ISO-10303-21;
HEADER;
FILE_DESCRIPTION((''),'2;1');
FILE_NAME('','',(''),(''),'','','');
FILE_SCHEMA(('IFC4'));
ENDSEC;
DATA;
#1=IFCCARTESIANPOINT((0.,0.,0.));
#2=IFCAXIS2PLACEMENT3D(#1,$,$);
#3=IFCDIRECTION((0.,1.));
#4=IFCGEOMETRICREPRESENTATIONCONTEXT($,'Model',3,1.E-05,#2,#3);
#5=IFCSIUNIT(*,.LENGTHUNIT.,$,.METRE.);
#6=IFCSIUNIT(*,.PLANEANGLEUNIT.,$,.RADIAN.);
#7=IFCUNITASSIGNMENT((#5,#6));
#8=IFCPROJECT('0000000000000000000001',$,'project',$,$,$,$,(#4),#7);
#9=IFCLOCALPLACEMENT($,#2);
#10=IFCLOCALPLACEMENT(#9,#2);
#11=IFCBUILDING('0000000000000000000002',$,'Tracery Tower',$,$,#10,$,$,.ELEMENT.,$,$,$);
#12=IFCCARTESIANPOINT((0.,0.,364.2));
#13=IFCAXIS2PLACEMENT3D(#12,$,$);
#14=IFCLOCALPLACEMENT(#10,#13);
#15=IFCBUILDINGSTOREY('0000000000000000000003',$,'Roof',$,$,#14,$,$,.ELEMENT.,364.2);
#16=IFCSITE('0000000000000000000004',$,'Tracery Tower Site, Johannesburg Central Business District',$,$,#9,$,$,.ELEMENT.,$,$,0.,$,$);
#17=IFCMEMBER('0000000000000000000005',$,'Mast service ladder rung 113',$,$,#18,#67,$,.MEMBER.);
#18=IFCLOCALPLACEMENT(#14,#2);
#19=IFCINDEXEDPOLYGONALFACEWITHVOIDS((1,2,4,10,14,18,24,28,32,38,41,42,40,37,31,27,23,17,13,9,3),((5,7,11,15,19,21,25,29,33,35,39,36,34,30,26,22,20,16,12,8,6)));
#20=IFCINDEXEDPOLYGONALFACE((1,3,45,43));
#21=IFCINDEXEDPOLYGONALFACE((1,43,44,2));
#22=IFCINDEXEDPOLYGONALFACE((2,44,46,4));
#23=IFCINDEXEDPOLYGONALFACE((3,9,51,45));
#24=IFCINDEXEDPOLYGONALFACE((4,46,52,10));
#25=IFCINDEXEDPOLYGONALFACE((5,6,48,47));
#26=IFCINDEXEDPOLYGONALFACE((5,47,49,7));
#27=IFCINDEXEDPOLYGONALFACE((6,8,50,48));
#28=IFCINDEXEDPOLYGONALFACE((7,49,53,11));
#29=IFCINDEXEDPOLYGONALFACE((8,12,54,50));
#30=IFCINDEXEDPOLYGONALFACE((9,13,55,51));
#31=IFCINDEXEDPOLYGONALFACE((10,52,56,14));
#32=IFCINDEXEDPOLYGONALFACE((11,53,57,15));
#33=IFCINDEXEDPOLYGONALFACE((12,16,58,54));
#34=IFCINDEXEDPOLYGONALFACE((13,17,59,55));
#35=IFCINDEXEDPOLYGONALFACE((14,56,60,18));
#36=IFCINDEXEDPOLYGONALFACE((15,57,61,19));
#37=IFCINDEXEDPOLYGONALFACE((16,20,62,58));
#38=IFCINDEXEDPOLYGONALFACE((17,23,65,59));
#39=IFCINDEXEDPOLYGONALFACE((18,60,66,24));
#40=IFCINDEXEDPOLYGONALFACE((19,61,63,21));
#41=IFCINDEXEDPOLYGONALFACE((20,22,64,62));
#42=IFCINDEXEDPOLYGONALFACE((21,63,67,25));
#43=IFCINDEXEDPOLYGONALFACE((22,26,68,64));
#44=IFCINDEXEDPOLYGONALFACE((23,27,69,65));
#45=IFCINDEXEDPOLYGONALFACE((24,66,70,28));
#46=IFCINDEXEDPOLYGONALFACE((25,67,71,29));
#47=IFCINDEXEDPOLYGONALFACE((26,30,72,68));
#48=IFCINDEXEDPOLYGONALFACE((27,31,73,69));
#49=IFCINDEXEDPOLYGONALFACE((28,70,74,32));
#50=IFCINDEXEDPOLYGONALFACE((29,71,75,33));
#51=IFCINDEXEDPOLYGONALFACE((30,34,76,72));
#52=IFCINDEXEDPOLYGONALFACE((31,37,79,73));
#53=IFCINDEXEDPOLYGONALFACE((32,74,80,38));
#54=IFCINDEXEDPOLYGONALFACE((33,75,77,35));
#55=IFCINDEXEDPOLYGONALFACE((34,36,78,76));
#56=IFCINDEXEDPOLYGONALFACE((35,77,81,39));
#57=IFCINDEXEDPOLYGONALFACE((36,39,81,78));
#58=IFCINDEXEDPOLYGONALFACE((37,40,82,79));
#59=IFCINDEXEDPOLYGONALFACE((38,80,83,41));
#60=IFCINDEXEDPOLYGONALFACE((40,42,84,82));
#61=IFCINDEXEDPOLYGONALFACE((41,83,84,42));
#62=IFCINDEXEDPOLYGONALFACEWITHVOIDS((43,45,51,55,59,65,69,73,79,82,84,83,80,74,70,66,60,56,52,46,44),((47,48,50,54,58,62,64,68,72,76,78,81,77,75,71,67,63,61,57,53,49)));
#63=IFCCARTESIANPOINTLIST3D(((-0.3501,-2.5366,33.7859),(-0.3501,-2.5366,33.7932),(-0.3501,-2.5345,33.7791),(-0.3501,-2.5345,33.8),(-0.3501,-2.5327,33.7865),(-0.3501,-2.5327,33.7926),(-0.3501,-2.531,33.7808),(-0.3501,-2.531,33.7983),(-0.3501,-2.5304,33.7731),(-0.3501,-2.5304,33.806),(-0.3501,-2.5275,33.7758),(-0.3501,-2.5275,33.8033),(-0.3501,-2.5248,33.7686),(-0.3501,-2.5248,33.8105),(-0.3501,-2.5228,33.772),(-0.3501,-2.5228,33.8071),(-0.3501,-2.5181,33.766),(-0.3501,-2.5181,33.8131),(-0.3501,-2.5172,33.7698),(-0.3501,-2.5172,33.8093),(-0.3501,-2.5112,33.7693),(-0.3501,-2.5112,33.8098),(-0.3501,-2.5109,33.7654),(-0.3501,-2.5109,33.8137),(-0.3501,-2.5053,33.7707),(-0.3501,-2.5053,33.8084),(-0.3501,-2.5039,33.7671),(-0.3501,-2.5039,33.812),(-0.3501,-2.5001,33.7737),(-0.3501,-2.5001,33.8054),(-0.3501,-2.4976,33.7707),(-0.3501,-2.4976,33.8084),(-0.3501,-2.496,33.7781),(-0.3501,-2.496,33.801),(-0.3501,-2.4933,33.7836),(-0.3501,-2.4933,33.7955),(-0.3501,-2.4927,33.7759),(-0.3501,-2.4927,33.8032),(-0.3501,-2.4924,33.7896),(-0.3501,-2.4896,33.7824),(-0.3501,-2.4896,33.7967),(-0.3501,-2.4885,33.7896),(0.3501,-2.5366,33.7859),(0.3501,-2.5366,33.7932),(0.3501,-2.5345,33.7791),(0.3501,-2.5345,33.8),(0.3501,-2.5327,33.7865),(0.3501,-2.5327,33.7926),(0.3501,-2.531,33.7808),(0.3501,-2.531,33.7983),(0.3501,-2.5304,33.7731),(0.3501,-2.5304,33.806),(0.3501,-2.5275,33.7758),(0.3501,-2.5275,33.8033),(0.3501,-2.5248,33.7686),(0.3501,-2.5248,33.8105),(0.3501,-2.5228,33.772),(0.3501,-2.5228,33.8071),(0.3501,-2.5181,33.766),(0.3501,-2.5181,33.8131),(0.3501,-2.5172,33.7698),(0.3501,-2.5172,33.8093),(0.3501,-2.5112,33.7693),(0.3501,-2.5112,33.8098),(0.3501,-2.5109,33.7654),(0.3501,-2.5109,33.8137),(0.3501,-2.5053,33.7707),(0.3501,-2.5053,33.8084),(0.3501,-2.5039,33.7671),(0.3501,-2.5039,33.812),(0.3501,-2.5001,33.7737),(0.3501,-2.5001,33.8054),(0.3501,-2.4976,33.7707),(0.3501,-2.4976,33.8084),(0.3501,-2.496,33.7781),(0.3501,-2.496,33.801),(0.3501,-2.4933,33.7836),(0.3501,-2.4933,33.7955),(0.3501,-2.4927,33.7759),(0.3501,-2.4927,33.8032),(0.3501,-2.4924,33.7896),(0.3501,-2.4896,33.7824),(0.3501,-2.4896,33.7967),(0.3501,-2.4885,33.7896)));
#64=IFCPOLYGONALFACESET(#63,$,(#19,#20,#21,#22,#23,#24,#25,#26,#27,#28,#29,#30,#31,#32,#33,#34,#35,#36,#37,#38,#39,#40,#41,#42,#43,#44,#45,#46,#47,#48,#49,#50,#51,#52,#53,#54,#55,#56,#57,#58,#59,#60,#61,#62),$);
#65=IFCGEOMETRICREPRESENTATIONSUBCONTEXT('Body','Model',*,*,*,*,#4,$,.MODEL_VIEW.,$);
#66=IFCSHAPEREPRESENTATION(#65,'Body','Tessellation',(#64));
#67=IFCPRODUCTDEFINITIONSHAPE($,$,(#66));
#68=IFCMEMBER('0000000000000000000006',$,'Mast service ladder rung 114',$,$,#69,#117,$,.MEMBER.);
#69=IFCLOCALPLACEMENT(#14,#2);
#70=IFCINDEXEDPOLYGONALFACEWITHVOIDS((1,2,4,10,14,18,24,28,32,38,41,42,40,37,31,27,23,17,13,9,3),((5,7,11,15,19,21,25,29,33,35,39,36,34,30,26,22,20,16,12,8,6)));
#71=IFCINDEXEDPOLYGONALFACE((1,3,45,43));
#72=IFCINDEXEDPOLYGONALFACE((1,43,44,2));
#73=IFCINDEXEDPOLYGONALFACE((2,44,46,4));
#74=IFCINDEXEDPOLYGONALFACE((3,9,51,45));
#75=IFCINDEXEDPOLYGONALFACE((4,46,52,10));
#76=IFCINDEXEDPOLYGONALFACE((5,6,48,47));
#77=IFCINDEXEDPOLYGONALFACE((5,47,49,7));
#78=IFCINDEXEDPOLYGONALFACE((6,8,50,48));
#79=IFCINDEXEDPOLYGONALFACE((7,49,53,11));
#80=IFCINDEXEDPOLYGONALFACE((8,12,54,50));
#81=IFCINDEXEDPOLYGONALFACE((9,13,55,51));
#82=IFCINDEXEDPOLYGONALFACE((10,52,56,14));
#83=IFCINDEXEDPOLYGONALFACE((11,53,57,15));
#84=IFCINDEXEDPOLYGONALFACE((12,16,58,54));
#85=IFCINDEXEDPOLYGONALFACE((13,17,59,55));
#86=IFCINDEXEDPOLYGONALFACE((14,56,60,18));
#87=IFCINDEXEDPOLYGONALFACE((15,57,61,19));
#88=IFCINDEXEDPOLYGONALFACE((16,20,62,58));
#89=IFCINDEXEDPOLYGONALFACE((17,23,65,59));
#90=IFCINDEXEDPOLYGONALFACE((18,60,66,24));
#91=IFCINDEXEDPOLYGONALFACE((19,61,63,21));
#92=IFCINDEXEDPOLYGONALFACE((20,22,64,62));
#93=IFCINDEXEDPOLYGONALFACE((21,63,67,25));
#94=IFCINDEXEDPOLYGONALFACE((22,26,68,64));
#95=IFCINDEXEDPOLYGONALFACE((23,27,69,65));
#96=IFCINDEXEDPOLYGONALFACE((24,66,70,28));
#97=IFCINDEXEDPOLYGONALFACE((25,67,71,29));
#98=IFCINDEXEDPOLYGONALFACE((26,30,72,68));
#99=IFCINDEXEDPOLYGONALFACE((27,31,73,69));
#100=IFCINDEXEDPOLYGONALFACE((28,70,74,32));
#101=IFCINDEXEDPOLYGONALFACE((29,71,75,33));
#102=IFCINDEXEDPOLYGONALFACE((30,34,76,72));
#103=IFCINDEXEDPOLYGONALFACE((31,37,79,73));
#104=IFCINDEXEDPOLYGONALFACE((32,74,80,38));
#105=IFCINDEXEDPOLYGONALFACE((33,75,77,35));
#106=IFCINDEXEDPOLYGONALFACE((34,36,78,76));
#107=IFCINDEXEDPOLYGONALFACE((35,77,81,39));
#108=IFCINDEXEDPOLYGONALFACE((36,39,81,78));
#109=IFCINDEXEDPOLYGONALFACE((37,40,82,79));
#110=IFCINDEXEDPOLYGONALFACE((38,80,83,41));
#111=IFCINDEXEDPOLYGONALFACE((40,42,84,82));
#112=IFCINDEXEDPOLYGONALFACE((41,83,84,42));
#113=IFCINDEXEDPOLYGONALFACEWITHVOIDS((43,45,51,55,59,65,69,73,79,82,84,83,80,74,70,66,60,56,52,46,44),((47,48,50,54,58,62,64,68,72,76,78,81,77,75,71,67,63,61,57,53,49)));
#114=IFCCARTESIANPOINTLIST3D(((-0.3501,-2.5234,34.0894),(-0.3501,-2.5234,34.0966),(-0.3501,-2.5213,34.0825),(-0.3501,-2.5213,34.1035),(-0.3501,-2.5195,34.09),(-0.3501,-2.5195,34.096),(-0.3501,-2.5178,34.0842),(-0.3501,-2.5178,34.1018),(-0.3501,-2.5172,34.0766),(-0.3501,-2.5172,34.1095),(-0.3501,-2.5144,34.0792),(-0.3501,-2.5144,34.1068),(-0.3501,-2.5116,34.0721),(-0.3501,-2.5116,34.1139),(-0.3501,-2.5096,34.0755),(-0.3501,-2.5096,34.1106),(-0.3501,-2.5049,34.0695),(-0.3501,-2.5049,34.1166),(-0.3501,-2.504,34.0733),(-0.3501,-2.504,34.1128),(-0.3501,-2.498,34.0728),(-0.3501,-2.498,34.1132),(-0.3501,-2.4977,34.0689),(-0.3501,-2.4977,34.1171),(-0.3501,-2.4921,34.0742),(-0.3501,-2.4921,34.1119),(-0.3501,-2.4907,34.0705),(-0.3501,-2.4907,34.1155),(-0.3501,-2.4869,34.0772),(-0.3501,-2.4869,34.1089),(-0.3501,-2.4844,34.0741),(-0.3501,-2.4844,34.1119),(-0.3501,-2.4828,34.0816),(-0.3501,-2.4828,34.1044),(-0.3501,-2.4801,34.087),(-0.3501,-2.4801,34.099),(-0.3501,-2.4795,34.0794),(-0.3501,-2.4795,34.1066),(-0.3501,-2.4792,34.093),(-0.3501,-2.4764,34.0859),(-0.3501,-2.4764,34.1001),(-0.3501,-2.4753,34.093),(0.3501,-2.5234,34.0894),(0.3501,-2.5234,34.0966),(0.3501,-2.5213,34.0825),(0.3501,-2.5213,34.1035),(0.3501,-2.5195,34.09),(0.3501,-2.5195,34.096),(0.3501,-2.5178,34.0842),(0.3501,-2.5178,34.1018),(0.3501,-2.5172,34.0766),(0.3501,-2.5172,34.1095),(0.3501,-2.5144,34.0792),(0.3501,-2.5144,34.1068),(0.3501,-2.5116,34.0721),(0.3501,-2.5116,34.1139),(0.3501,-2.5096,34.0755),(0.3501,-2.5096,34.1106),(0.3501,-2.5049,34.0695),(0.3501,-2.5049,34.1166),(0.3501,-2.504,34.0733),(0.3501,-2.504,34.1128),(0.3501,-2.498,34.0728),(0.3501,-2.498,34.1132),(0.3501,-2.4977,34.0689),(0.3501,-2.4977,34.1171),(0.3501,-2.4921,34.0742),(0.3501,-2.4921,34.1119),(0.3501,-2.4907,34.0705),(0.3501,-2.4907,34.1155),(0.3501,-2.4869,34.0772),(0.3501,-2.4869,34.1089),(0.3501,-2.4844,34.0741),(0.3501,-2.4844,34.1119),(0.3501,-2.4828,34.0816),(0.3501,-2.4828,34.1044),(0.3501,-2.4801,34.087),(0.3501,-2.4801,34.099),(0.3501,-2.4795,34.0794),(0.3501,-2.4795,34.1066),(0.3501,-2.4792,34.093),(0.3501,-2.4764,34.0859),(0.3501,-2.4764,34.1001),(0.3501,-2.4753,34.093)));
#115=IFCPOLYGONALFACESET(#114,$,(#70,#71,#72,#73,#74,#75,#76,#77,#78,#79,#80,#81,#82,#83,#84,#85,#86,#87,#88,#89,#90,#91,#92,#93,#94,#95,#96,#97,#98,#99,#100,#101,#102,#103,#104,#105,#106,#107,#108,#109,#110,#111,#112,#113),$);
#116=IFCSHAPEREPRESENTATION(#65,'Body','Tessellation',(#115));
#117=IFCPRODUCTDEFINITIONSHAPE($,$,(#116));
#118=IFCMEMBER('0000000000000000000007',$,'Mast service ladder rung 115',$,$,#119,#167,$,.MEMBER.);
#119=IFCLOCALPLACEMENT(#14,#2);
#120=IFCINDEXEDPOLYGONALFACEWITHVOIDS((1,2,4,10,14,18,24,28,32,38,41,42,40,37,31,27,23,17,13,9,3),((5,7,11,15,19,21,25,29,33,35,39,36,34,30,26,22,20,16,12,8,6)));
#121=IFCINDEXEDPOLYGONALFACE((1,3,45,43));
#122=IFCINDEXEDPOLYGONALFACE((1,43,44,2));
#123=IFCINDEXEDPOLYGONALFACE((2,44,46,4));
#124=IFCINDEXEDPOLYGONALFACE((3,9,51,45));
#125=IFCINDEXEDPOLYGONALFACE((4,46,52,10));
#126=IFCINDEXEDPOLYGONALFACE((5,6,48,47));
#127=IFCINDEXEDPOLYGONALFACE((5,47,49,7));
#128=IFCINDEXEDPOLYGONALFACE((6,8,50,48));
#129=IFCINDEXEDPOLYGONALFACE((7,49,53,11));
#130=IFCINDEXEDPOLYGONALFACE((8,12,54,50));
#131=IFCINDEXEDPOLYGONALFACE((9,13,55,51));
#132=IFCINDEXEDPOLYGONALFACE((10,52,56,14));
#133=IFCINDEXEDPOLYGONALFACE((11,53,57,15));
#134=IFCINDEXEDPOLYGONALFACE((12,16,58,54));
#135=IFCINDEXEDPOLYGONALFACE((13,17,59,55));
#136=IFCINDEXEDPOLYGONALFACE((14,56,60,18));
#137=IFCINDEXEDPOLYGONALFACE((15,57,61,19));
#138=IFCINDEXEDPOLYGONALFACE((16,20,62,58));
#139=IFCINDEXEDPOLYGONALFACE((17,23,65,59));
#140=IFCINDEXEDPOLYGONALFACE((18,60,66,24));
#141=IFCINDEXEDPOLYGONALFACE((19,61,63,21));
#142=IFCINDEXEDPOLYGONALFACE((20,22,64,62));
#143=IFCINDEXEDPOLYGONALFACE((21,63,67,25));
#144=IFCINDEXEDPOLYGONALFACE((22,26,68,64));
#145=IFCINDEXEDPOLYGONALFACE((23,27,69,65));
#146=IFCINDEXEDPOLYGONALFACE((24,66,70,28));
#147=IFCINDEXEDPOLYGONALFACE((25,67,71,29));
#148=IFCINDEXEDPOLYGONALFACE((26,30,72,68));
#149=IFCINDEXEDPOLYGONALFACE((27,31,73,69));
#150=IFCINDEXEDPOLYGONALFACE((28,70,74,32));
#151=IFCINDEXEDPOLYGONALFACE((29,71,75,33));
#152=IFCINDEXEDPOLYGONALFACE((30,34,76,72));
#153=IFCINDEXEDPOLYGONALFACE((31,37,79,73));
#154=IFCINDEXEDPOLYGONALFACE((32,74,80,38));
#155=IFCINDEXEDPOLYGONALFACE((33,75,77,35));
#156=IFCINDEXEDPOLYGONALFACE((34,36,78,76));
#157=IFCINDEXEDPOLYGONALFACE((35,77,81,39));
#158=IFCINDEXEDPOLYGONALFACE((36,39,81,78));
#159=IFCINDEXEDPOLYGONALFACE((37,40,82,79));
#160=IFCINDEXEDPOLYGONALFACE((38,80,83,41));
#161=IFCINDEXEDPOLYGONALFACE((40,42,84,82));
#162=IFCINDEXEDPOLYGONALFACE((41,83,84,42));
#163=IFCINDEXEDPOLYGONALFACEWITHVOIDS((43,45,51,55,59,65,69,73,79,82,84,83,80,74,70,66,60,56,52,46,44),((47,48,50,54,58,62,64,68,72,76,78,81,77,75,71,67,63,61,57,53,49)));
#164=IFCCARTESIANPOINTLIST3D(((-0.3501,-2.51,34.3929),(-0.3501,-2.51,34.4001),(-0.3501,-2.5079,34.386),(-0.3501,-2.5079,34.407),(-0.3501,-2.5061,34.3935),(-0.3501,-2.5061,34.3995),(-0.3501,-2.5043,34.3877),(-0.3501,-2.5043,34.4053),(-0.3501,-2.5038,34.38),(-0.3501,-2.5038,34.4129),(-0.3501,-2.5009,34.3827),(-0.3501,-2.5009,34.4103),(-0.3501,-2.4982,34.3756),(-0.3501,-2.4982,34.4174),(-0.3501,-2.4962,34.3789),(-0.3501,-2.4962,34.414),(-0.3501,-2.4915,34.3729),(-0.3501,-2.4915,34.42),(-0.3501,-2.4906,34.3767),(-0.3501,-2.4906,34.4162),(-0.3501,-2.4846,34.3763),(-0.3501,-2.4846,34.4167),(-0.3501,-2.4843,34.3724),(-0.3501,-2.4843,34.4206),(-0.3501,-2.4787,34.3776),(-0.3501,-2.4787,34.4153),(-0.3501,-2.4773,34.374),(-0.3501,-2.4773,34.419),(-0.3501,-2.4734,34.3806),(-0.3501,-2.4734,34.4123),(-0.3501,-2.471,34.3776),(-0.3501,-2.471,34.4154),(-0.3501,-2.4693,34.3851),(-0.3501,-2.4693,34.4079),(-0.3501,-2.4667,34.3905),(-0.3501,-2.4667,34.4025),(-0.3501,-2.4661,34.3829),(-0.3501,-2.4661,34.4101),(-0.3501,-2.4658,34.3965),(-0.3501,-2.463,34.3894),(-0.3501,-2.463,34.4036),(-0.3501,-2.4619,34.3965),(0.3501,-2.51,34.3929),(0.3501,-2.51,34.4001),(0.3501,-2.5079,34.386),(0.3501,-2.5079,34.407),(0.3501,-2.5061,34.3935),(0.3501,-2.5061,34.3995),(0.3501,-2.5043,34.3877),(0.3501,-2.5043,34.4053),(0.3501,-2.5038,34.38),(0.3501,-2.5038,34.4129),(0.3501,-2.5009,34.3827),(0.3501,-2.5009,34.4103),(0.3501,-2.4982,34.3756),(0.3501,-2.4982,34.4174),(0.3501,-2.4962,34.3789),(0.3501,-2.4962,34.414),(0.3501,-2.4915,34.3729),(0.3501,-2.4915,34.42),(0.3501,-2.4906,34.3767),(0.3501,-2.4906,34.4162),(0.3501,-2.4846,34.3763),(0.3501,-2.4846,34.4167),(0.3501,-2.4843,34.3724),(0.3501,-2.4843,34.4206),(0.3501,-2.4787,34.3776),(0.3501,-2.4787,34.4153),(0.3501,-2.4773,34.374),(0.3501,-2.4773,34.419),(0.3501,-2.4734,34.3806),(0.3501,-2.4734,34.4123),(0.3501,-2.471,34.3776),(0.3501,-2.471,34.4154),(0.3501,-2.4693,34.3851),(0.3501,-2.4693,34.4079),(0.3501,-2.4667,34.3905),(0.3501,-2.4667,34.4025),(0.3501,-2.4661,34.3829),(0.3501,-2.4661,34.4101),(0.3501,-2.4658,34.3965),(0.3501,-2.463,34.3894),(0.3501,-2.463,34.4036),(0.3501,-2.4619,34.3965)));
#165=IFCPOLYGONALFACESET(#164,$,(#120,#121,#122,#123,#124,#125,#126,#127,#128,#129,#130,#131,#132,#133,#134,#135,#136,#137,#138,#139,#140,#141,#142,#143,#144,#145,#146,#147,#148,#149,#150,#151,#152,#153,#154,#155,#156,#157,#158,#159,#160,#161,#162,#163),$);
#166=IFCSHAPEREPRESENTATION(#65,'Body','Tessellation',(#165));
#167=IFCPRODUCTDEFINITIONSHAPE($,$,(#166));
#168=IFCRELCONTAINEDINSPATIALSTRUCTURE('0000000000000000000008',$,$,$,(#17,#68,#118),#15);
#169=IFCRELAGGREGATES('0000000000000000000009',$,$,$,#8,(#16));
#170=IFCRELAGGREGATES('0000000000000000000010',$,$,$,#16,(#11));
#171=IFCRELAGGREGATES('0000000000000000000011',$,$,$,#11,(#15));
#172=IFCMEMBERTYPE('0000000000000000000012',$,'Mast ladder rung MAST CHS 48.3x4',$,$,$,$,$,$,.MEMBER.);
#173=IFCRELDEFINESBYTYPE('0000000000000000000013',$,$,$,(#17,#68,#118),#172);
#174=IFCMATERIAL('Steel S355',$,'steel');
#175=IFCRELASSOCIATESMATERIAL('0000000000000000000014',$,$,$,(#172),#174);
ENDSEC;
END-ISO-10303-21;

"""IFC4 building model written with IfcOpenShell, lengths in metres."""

from ifc_helpers import new_model, si_unit, direction, frame, origin, origin_2d, place, context, subcontext, project, spatial, hollow_circle, extrude, material, material_profile, profile_set, type_object, element, save


model = new_model("IFC4")

# Units and contexts
model_context = context("Model", 3, precision=1e-05, world=origin(), true_north=direction((0.0, 1.0)))
body_context = subcontext(model_context, "Body", "Model", "MODEL_VIEW")
ifc_project = project(units=[si_unit("LENGTHUNIT", "METRE"), si_unit("PLANEANGLEUNIT", "RADIAN")], contexts=[model_context])

# Site, building, storey
site_placement = place(None, origin())
site = spatial("IfcSite", under=ifc_project, at=site_placement, Name="Tracery Tower Site, Johannesburg Central Business District", CompositionType="ELEMENT", RefElevation=0.0)
building_placement = place(site_placement, origin())
building = spatial("IfcBuilding", under=site, at=building_placement, Name="Tracery Tower", CompositionType="ELEMENT")
storey_placement = place(building_placement, frame((0.0, 0.0, 364.2)))
storey = spatial("IfcBuildingStorey", under=building, at=storey_placement, Name="Roof", CompositionType="ELEMENT", Elevation=364.2)

# Members
ifc_material_1 = material(Name="Steel S355", Category="steel")
ifc_material_profile_1 = material_profile(ifc_material_1, hollow_circle(Radius=0.0242, WallThickness=0.0039, at=origin_2d()), Name="CHS 48.3x4")
ifc_profile_set_1 = profile_set([ifc_material_profile_1], Name="Steel S355")
member_type_1 = type_object("IfcMemberType", Name="Mast ladder rung MAST CHS 48.3x4", PredefinedType="MEMBER", material=ifc_profile_set_1)
for number, where, z_axis, x_axis, name in (
    (1, (-0.3501, -2.5127, 33.7896), (1.0, 0.0, 0.0), (0.0, 1.0, 0.0), "Mast service ladder rung 113"),
    (2, (-0.3501, -2.4995, 34.093), (1.0, 0.0, 0.0), (0.0, 1.0, 0.0), "Mast service ladder rung 114"),
    (3, (-0.3501, -2.4861, 34.3965), (1.0, 0.0, 0.0), (0.0, 1.0, 0.0), "Mast service ladder rung 115"),
):
    element("IfcMember", number, at=place(storey_placement, frame(where, z_axis=z_axis, x_axis=x_axis)), inside=storey, type_object=member_type_1, Name=name, PredefinedType="MEMBER", context=body_context, shape_type="SweptSolid", body=[
        extrude(hollow_circle(Radius=0.0242, WallThickness=0.0039, at=origin_2d()), origin(), (0.0, 0.0, 1.0), 0.7002),
    ])

save(model, "model.ifc")
